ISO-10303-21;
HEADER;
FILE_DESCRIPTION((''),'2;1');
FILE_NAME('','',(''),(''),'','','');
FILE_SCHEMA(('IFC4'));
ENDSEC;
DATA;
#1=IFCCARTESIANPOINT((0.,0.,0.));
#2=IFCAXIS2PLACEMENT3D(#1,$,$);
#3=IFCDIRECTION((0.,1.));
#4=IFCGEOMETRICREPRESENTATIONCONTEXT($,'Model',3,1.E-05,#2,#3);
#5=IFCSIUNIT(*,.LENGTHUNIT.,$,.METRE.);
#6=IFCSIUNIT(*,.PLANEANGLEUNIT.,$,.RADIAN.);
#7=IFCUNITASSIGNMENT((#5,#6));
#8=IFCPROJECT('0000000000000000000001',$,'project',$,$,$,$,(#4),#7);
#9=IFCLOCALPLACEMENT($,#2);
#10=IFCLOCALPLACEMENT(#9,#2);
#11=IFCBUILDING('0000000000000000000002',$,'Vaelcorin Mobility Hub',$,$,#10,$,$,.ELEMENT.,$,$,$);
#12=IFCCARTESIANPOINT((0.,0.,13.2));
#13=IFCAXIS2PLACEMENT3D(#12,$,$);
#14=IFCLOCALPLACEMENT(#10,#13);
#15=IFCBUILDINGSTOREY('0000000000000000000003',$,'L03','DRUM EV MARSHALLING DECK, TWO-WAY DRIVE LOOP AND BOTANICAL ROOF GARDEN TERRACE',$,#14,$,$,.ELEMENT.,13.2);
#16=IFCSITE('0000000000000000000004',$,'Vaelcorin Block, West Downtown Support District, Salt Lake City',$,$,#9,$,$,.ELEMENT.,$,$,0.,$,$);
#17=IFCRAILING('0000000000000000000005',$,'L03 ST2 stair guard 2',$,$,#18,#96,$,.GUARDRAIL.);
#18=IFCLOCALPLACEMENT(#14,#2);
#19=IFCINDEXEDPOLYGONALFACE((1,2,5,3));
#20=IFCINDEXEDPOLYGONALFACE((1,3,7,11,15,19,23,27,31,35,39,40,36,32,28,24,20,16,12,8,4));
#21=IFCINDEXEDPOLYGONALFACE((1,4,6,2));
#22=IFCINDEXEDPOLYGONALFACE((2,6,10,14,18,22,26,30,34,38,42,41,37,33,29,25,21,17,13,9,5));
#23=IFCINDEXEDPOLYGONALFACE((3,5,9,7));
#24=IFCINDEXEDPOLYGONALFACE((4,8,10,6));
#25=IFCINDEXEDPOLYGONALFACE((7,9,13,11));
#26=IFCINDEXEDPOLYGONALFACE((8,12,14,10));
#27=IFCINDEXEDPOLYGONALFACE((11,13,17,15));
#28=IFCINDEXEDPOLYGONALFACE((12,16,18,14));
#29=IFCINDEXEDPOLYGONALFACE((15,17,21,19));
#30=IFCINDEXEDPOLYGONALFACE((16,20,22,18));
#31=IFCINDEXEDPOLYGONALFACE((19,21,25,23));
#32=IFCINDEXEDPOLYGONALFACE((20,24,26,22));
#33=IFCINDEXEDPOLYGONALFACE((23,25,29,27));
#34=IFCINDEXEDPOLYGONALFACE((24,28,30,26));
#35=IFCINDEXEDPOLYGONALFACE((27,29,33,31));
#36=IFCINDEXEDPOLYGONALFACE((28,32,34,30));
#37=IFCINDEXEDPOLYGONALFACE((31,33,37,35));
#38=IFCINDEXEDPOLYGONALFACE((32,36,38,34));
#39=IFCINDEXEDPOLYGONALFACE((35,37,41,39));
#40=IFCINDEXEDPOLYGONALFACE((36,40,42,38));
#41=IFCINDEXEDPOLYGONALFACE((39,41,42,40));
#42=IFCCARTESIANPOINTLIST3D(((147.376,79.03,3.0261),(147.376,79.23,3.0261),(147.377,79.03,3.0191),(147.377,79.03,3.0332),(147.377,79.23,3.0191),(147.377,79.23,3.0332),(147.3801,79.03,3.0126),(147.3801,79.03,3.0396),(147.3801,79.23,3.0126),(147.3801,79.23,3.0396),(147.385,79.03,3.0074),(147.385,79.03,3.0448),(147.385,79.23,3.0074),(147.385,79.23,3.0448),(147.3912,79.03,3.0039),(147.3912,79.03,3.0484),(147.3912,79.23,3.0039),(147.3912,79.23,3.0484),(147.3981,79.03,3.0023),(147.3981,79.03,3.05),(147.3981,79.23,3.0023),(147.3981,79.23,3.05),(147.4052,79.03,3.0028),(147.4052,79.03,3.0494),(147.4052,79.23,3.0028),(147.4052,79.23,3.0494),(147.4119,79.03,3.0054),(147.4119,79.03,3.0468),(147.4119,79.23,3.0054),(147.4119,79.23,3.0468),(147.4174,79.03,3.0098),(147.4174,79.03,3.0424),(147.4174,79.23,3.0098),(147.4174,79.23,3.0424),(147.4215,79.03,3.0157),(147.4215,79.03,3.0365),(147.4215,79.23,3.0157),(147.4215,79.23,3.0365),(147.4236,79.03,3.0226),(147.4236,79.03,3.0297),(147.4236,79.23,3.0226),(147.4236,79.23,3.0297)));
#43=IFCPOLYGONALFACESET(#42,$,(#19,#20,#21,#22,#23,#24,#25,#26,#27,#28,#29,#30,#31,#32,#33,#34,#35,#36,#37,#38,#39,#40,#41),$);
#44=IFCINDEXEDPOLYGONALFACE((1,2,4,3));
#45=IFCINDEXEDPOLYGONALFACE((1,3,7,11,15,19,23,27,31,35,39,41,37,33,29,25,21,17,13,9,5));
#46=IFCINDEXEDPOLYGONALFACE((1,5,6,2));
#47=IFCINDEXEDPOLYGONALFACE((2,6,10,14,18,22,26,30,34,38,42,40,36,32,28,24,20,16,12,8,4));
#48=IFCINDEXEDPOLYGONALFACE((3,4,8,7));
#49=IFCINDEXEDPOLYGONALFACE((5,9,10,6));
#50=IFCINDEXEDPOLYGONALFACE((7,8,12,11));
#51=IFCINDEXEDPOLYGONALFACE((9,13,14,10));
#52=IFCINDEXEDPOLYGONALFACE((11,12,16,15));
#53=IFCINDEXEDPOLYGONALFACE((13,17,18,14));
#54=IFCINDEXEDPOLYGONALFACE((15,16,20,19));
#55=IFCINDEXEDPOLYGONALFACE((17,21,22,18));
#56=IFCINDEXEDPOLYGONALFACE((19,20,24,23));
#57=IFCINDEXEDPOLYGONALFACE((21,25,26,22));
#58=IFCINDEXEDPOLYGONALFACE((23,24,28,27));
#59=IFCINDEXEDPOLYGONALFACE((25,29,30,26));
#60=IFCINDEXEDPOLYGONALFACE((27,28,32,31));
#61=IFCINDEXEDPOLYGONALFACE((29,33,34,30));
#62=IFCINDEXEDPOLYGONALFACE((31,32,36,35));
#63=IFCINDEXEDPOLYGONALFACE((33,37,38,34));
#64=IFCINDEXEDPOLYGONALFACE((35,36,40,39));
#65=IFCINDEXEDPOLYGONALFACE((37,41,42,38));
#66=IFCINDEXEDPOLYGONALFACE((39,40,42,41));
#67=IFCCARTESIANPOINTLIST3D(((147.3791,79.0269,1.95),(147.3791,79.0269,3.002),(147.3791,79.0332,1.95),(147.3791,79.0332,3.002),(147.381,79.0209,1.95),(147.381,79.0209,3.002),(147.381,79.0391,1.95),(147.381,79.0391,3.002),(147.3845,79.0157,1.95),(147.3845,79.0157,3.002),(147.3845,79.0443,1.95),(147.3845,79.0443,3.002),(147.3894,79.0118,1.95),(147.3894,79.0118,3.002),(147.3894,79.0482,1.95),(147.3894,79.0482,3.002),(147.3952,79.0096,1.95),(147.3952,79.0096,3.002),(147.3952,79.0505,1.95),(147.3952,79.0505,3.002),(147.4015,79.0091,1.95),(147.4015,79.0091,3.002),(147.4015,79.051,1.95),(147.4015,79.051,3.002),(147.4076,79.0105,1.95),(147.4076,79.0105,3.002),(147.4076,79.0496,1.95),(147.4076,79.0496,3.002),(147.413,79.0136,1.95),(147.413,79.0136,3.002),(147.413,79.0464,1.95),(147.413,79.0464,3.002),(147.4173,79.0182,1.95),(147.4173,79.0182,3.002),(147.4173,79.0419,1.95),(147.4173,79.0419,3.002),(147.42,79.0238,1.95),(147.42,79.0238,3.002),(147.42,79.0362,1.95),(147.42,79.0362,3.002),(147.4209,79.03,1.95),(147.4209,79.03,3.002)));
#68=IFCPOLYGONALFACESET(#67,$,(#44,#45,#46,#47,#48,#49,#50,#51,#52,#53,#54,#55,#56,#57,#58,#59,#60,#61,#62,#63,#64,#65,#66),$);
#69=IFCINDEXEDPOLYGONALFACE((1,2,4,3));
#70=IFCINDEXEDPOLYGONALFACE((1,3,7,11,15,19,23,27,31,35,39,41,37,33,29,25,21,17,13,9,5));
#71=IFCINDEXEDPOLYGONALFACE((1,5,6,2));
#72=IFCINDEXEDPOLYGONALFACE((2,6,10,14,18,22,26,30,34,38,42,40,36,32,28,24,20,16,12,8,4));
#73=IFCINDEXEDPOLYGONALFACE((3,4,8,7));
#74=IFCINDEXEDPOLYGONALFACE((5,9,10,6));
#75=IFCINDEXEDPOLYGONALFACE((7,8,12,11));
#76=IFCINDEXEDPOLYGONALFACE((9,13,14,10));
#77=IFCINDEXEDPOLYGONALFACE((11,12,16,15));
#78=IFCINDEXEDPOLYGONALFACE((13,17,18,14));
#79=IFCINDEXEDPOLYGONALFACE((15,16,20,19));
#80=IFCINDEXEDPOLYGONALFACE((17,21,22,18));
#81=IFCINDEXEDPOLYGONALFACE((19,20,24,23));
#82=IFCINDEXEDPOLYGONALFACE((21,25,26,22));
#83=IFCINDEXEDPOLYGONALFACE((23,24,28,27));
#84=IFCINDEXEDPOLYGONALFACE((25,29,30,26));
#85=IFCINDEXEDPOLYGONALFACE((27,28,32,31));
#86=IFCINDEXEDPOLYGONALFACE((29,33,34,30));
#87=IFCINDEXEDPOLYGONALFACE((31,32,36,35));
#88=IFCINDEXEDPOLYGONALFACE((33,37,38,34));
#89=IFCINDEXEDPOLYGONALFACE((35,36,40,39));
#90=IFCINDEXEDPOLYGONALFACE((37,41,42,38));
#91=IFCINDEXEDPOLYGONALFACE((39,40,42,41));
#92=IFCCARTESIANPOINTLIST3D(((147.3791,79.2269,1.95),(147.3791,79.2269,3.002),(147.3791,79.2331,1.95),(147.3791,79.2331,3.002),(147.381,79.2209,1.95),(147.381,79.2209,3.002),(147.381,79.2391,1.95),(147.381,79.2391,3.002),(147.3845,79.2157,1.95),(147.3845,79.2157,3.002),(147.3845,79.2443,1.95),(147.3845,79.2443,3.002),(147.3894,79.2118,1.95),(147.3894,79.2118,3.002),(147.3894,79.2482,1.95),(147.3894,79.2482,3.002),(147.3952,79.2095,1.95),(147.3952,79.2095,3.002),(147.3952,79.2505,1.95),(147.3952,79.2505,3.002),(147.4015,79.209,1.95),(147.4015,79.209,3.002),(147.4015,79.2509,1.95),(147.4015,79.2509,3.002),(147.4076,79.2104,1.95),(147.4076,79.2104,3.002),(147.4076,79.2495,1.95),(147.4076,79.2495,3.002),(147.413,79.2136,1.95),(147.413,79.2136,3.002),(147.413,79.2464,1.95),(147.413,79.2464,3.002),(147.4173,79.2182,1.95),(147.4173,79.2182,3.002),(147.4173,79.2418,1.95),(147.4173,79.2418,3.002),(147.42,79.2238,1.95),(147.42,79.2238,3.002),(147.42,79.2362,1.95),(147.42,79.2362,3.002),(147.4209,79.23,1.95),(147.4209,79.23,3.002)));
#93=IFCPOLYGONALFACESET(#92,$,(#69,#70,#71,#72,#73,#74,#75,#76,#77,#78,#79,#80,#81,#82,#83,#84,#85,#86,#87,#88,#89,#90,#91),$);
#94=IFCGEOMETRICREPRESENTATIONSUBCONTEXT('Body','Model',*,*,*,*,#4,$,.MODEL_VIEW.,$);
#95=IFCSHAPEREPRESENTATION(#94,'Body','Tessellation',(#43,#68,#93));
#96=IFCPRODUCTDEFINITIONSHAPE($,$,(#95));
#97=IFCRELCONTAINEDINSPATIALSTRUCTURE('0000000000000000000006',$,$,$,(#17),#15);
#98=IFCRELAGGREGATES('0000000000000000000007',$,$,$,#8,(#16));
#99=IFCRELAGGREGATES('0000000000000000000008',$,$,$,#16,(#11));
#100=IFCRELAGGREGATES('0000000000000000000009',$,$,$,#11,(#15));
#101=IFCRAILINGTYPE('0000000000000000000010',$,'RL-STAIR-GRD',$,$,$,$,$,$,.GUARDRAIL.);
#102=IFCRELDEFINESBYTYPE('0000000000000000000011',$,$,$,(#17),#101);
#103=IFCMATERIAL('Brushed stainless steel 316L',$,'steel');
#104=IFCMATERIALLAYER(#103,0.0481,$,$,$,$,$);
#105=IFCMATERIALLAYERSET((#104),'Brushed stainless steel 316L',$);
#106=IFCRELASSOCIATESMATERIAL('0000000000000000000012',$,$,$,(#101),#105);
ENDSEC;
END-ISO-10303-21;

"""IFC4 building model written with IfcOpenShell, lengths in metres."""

from ifc_helpers import new_model, si_unit, direction, frame, origin, origin_2d, place, context, subcontext, project, spatial, circle, extrude, material, layer, layer_set, type_object, element, save


model = new_model("IFC4")

# Units and contexts
model_context = context("Model", 3, precision=1e-05, world=origin(), true_north=direction((0.0, 1.0)))
body_context = subcontext(model_context, "Body", "Model", "MODEL_VIEW")
ifc_project = project(units=[si_unit("LENGTHUNIT", "METRE"), si_unit("PLANEANGLEUNIT", "RADIAN")], contexts=[model_context])

# Site, building, storey
site_placement = place(None, origin())
site = spatial("IfcSite", under=ifc_project, at=site_placement, Name="Vaelcorin Block, West Downtown Support District, Salt Lake City", CompositionType="ELEMENT", RefElevation=0.0)
building_placement = place(site_placement, origin())
building = spatial("IfcBuilding", under=site, at=building_placement, Name="Vaelcorin Mobility Hub", CompositionType="ELEMENT")
storey_placement = place(building_placement, frame((0.0, 0.0, 13.2)))
storey = spatial("IfcBuildingStorey", under=building, at=storey_placement, Name="L03", Description="DRUM EV MARSHALLING DECK, TWO-WAY DRIVE LOOP AND BOTANICAL ROOF GARDEN TERRACE", CompositionType="ELEMENT", Elevation=13.2)

# Railing
ifc_material_1 = material(Name="Brushed stainless steel 316L", Category="steel")
ifc_layer_1 = layer(ifc_material_1, 0.0481)
ifc_layer_set_1 = layer_set([ifc_layer_1], Name="Brushed stainless steel 316L")
railing_type_1 = type_object("IfcRailingType", Name="RL-STAIR-GRD", PredefinedType="GUARDRAIL", material=ifc_layer_set_1)
railing_1_placement = place(storey_placement, frame((147.3999, 79.03, 1.95)))
element("IfcRailing", 1, at=railing_1_placement, inside=storey, type_object=railing_type_1, Name="L03 ST2 stair guard 2", PredefinedType="GUARDRAIL", context=body_context, shape_type="SweptSolid", body=[
    extrude(circle(Radius=0.0239, at=origin_2d()), frame((0.0, 0.0, 1.0762), z_axis=(0.0, 1.0, 0.0), x_axis=(-1.0, 0.0, 0.0)), (0.0, 0.0, 1.0), 0.2),
    extrude(circle(Radius=0.021, at=origin_2d()), origin(), (0.0, 0.0, 1.0), 1.052),
    extrude(circle(Radius=0.021, at=origin_2d()), frame((0.0, 0.2, 0.0)), (0.0, 0.0, 1.0), 1.052),
])

save(model, "model.ifc")
